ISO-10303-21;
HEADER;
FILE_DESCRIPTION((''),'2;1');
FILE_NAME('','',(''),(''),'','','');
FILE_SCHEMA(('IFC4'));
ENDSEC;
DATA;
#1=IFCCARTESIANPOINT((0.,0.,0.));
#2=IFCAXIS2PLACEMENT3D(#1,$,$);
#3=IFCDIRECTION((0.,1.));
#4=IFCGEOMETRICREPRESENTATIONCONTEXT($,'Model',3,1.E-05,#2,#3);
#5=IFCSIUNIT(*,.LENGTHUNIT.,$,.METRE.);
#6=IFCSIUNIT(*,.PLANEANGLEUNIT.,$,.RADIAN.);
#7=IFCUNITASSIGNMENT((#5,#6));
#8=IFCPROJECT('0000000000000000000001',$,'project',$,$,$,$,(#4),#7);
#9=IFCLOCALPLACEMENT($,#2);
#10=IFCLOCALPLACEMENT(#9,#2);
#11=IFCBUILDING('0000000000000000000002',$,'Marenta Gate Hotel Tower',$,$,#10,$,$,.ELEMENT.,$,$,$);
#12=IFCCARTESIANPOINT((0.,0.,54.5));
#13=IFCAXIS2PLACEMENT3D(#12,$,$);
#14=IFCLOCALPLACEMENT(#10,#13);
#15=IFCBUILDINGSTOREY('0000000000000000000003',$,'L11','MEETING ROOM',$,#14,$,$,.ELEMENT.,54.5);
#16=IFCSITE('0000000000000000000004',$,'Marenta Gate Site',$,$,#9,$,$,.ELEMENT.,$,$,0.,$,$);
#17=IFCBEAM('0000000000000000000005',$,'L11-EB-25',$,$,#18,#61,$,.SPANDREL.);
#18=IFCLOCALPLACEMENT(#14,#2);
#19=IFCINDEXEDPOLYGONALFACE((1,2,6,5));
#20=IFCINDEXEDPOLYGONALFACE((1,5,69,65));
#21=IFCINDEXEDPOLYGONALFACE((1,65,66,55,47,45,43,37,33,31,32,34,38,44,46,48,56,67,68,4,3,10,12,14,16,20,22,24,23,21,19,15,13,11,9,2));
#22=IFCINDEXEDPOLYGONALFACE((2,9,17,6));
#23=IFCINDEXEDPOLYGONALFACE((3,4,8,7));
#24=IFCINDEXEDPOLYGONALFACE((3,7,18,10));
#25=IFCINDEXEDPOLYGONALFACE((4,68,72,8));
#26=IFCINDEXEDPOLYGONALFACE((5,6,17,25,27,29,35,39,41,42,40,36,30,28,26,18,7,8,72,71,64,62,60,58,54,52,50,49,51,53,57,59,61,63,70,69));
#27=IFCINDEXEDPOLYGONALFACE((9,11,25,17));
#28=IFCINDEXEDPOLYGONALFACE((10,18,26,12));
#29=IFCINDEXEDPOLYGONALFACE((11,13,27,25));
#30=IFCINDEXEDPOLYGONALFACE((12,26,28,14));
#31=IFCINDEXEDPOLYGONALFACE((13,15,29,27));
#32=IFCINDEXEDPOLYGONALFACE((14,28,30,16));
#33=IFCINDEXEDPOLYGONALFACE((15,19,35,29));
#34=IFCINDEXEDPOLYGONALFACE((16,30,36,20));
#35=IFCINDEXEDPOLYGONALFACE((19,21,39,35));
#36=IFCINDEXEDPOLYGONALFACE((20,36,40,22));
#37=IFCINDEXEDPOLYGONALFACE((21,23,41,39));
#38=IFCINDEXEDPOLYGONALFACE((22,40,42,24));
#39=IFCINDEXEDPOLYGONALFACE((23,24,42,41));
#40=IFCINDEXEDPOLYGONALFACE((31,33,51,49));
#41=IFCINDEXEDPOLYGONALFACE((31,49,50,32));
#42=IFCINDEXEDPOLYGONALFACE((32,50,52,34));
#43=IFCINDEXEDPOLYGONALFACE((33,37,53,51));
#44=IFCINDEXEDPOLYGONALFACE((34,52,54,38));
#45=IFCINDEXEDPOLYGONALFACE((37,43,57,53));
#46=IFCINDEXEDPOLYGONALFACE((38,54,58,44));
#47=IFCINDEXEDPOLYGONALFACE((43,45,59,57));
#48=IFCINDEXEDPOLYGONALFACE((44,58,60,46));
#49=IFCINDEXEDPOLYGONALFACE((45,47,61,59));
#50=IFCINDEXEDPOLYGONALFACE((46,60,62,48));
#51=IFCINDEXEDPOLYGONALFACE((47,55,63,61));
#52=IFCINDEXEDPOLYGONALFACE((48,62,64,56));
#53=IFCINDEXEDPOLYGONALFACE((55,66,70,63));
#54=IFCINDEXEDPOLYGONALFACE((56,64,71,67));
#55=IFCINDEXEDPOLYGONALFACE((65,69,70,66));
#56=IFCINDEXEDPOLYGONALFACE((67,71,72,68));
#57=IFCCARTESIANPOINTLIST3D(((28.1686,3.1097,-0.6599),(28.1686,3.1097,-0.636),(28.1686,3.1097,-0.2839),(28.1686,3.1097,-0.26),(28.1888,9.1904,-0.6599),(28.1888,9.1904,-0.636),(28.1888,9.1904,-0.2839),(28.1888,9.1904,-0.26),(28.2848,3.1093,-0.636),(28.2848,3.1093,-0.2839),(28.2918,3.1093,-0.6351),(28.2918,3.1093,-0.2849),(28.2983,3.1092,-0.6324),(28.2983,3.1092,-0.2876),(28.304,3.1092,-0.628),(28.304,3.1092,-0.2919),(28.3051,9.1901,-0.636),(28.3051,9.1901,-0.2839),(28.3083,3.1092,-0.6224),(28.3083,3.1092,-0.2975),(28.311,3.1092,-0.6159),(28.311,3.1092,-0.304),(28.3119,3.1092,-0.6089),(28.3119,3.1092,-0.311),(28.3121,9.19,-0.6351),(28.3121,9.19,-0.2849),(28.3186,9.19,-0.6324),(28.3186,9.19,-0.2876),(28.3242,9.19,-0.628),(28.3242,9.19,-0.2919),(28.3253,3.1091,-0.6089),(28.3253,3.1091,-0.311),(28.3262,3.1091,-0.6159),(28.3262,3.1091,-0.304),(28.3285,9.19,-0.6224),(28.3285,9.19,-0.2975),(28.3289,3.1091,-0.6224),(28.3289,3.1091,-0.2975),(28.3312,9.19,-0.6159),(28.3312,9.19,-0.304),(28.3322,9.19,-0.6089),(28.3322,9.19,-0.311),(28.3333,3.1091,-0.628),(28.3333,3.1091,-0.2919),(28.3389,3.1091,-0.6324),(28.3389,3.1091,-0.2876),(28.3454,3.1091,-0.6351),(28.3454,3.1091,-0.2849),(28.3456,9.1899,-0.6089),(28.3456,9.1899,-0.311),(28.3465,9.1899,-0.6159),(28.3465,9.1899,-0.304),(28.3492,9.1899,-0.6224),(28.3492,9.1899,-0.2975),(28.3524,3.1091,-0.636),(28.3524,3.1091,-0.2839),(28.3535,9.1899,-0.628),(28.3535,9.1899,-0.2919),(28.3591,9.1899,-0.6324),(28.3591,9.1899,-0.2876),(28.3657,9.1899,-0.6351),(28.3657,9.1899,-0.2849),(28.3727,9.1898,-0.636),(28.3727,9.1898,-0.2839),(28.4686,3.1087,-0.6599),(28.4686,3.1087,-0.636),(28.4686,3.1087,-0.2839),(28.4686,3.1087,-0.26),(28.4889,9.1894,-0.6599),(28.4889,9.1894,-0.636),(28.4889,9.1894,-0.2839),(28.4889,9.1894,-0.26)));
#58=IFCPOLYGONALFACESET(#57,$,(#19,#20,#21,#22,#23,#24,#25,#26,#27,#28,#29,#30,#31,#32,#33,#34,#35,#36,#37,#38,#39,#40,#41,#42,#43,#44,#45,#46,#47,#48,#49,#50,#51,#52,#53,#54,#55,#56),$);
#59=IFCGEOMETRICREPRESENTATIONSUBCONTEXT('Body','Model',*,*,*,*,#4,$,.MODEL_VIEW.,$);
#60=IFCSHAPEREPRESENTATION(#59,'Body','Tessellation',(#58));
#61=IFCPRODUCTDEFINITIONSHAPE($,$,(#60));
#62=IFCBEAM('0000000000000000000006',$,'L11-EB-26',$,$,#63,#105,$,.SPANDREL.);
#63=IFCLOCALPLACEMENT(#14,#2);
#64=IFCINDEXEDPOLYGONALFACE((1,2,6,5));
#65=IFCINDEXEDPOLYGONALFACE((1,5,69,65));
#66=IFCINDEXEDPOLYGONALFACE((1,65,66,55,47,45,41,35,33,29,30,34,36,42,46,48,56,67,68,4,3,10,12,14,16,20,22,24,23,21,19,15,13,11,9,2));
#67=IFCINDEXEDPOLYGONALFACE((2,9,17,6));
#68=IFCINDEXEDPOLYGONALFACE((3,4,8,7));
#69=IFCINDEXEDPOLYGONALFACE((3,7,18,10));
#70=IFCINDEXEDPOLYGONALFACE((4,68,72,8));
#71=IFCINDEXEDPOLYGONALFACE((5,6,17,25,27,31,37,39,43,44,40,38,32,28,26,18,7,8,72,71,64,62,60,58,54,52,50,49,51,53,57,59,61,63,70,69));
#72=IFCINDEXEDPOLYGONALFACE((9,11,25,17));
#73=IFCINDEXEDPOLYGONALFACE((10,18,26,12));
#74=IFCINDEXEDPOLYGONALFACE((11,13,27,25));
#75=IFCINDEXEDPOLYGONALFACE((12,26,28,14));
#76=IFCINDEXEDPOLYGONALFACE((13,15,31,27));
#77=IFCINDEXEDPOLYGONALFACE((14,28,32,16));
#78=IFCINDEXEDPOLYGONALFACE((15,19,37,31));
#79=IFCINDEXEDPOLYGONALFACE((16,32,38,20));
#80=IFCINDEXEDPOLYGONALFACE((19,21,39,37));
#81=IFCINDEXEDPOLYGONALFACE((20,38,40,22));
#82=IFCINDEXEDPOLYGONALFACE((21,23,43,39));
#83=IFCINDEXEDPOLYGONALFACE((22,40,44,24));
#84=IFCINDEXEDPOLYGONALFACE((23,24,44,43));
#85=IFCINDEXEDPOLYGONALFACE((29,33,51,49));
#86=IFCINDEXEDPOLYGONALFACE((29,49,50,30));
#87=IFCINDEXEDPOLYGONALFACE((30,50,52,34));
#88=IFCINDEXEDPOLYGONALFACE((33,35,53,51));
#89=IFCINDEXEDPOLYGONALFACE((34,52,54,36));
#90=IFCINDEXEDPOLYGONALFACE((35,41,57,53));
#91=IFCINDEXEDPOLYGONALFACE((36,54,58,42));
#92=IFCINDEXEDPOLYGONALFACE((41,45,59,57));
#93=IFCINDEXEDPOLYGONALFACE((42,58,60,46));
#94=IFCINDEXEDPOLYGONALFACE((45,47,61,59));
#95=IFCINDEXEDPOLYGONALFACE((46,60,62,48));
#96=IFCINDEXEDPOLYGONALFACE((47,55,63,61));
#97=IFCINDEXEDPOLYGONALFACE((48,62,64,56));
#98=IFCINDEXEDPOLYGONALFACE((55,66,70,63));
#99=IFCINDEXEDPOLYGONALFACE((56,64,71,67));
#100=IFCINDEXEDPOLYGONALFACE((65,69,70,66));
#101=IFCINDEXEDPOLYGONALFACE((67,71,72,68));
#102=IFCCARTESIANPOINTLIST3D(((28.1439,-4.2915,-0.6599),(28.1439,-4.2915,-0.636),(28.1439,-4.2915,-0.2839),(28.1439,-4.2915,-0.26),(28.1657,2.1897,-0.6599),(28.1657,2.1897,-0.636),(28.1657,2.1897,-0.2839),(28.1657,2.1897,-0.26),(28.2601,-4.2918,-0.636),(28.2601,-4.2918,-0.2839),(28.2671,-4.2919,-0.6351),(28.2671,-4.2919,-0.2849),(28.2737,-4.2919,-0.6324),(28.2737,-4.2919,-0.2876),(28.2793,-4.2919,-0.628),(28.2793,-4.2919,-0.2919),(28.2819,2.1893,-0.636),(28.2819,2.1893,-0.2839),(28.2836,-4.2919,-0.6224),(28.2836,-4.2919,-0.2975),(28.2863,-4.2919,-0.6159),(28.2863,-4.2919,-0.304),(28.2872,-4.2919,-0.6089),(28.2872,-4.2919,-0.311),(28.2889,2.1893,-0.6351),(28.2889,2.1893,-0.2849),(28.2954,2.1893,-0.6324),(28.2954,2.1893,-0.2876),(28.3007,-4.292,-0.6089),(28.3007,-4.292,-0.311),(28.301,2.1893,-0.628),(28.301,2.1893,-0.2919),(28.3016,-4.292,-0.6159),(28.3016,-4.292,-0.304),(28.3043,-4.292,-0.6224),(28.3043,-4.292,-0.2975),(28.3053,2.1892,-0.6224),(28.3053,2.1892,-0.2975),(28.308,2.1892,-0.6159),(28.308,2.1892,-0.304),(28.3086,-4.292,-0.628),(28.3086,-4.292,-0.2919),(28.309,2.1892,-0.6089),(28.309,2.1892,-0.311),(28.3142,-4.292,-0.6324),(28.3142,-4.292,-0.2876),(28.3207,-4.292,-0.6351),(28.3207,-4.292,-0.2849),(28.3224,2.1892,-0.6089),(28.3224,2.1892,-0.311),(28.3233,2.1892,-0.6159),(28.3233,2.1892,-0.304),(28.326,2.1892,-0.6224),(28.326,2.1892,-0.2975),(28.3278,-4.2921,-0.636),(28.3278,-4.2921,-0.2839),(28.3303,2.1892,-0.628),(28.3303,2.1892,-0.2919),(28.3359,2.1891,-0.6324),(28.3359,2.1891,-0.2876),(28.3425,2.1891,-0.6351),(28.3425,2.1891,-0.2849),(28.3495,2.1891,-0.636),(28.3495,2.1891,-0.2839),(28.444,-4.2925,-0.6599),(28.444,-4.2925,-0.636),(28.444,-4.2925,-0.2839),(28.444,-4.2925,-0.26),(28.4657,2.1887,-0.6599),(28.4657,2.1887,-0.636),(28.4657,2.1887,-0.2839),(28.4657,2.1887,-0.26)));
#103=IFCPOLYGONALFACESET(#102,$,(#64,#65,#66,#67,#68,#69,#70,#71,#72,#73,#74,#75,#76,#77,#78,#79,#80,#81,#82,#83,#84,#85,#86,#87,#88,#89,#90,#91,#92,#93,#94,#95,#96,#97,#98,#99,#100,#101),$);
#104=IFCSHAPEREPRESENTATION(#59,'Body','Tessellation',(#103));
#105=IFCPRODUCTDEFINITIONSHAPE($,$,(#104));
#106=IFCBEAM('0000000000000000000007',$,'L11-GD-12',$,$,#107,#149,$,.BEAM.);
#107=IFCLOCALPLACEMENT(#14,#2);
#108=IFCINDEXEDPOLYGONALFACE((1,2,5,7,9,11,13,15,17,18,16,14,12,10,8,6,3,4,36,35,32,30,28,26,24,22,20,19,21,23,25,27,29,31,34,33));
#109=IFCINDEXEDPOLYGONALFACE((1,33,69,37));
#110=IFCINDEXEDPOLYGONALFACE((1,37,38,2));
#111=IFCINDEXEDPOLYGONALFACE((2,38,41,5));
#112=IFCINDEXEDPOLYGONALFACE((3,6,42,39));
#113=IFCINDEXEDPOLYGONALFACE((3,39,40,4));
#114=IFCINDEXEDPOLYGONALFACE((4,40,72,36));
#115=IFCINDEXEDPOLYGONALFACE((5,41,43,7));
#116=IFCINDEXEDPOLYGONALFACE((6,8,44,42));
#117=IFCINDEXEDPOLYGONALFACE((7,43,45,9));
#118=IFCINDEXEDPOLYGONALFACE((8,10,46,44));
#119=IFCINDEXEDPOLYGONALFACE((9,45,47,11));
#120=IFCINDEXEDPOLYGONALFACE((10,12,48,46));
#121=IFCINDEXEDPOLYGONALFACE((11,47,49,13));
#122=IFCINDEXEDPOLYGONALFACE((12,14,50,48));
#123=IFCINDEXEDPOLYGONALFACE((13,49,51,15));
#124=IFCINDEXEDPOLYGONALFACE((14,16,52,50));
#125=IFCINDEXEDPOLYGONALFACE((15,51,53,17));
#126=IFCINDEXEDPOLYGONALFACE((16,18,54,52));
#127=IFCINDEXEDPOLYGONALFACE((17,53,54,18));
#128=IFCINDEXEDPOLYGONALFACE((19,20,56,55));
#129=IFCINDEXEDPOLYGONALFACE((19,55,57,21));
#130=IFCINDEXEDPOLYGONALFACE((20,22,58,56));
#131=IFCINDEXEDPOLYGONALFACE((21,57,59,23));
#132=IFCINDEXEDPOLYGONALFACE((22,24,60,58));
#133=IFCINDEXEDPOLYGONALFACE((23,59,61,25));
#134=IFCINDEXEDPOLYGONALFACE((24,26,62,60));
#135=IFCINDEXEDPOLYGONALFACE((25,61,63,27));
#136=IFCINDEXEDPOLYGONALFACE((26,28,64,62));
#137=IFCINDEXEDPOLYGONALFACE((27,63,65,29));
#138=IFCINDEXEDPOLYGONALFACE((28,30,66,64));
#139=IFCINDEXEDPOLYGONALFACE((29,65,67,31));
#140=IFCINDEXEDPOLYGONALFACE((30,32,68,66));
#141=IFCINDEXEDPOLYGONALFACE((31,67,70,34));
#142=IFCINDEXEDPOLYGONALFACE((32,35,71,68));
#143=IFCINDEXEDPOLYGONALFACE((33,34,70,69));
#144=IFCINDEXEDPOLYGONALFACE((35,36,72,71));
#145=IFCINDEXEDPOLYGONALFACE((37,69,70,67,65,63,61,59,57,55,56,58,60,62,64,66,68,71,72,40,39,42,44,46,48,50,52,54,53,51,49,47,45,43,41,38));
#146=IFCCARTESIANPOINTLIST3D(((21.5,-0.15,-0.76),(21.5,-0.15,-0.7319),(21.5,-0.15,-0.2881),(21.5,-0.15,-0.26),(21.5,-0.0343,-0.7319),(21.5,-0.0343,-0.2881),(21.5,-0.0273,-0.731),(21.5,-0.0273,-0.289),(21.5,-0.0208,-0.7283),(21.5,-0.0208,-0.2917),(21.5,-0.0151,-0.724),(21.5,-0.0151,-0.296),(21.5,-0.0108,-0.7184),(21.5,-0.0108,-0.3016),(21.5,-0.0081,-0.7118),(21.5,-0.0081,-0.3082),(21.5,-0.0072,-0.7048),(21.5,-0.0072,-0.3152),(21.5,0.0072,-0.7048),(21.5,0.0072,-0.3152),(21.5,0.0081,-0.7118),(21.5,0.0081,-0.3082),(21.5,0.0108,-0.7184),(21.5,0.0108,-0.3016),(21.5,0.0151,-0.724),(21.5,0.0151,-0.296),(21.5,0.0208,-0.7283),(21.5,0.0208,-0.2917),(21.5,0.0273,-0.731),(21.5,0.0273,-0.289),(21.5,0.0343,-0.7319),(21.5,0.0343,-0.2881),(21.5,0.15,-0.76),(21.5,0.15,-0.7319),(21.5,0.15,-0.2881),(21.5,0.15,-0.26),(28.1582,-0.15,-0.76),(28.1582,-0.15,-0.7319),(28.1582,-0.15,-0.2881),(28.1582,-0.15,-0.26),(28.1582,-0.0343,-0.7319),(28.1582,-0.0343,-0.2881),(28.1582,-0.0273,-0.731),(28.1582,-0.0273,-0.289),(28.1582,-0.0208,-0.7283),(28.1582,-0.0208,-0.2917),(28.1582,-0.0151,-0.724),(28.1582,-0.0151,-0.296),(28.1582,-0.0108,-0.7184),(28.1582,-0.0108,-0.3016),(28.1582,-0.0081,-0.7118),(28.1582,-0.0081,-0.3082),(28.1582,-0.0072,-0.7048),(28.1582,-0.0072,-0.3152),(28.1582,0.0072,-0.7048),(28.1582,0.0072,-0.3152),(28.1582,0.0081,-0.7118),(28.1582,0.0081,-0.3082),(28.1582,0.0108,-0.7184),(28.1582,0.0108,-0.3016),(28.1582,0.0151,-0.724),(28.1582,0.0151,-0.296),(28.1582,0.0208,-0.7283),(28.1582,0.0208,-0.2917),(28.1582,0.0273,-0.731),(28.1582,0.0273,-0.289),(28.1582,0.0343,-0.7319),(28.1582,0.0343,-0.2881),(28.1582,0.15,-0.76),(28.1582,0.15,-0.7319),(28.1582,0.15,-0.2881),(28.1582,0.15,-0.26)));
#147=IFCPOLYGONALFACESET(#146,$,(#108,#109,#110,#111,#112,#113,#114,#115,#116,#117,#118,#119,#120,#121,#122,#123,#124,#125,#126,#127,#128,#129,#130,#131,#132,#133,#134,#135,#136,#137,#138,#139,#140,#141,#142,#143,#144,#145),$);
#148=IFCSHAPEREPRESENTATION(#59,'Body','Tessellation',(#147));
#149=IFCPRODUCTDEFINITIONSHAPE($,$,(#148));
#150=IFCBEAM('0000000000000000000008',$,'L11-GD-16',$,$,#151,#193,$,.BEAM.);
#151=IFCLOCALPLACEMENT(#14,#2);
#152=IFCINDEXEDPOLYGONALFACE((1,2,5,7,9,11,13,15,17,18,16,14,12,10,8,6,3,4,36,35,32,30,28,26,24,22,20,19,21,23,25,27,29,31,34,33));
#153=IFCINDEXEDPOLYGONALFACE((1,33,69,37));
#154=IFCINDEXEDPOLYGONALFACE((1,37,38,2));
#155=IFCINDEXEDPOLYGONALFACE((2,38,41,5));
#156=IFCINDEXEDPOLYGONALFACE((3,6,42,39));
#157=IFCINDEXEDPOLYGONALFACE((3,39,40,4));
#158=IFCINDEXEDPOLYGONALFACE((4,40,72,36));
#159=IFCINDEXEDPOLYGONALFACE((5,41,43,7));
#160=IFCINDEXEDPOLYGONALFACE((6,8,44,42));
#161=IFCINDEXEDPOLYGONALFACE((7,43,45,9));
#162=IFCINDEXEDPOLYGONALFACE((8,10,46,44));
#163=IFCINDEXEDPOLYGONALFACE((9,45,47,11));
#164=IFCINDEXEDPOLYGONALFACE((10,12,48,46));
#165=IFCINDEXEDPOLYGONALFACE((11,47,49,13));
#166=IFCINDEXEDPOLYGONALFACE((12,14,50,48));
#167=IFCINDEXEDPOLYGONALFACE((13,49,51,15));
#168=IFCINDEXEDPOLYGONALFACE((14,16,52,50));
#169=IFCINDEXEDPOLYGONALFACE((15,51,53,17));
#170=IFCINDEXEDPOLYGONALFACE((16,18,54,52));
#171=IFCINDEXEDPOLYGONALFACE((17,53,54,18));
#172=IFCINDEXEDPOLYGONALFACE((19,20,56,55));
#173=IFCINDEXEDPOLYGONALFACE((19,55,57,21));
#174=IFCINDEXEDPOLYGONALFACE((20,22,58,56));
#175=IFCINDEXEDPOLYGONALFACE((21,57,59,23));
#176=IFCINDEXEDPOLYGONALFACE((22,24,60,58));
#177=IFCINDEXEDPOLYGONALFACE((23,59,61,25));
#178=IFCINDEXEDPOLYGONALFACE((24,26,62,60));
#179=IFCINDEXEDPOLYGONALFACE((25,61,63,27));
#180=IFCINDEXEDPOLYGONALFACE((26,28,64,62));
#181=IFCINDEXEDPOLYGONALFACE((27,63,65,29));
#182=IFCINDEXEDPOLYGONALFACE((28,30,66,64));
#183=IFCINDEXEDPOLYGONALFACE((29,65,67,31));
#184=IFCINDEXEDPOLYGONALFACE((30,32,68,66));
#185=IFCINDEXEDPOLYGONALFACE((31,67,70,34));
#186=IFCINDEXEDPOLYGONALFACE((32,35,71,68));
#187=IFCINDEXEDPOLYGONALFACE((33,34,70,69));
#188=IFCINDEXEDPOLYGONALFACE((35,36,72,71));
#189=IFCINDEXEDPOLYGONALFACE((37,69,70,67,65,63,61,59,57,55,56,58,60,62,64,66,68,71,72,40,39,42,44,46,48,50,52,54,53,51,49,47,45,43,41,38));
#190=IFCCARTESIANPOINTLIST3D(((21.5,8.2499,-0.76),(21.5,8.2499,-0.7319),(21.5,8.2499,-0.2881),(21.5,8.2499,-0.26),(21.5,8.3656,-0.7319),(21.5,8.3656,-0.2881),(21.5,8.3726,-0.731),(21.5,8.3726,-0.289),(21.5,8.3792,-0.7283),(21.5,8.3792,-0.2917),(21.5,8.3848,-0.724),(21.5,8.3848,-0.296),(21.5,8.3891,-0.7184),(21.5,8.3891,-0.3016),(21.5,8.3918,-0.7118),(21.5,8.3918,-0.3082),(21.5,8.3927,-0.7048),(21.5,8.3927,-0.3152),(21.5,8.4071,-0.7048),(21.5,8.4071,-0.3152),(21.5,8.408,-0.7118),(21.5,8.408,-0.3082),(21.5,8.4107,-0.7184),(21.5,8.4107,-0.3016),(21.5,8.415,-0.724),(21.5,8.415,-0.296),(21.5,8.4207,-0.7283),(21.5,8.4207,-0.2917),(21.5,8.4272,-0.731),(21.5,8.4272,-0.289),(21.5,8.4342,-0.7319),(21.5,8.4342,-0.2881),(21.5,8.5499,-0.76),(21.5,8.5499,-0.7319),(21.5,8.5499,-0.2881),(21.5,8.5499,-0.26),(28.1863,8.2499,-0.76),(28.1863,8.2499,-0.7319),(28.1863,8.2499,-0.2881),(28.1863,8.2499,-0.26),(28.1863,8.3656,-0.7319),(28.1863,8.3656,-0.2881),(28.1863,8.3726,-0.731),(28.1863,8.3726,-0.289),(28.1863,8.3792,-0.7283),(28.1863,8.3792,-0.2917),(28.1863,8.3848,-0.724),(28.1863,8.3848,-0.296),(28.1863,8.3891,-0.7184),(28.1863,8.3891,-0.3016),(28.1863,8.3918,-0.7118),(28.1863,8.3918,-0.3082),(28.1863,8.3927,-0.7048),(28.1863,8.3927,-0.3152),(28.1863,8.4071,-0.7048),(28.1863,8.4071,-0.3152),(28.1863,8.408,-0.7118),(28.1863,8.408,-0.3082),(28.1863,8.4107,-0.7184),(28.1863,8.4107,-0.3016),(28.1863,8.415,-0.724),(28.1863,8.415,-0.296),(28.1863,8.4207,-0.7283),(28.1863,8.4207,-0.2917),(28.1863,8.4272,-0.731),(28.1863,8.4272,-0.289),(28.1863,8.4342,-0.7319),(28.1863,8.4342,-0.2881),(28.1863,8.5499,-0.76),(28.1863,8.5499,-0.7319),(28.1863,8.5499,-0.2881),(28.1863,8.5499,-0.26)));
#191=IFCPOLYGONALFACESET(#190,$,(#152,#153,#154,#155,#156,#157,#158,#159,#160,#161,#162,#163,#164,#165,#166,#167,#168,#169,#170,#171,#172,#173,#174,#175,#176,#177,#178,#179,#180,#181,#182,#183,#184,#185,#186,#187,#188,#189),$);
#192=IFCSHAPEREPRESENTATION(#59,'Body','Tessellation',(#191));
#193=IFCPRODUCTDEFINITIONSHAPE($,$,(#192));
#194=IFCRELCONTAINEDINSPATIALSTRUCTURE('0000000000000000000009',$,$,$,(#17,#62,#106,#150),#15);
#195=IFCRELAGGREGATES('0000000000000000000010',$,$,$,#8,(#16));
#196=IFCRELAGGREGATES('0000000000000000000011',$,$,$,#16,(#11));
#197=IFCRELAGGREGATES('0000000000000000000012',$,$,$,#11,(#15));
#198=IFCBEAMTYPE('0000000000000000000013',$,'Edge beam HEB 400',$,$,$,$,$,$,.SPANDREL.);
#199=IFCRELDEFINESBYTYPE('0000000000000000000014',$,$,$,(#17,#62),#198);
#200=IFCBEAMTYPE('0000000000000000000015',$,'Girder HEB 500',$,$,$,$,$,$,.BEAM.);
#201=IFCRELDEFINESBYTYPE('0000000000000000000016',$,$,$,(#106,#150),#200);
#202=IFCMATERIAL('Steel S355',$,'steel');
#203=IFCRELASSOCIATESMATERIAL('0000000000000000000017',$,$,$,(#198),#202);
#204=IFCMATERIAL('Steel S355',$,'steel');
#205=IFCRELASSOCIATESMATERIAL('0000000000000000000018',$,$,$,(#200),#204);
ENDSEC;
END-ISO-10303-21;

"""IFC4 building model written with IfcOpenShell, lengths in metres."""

from ifc_helpers import new_model, si_unit, direction, frame, origin, origin_2d, place, context, subcontext, project, spatial, i_section, extrude, material, material_profile, profile_set, type_object, element, save


model = new_model("IFC4")

# Units and contexts
model_context = context("Model", 3, precision=1e-05, world=origin(), true_north=direction((0.0, 1.0)))
body_context = subcontext(model_context, "Body", "Model", "MODEL_VIEW")
ifc_project = project(units=[si_unit("LENGTHUNIT", "METRE"), si_unit("PLANEANGLEUNIT", "RADIAN")], contexts=[model_context])

# Site, building, storey
site_placement = place(None, origin())
site = spatial("IfcSite", under=ifc_project, at=site_placement, Name="Marenta Gate Site", CompositionType="ELEMENT", RefElevation=0.0)
building_placement = place(site_placement, origin())
building = spatial("IfcBuilding", under=site, at=building_placement, Name="Marenta Gate Hotel Tower", CompositionType="ELEMENT")
storey_placement = place(building_placement, frame((0.0, 0.0, 54.5)))
storey = spatial("IfcBuildingStorey", under=building, at=storey_placement, Name="L11", Description="MEETING ROOM", CompositionType="ELEMENT", Elevation=54.5)

# Beams
ifc_material_1 = material(Name="Steel S355", Category="steel")
ifc_material_profile_1 = material_profile(ifc_material_1, i_section(OverallWidth=0.3, OverallDepth=0.3999, WebThickness=0.0134, FlangeThickness=0.0239, FilletRadius=0.0271, at=origin_2d()), Name="HEB 400")
ifc_profile_set_1 = profile_set([ifc_material_profile_1], Name="Steel S355")
beam_type_1 = type_object("IfcBeamType", Name="Edge beam HEB 400", PredefinedType="SPANDREL", material=ifc_profile_set_1)
beam_1_placement = place(storey_placement, frame((28.3389, 9.1899, -0.46), z_axis=(-0.003332, -0.999994, 0.0), x_axis=(0.999994, -0.003332, 0.0)))
element("IfcBeam", 1, at=beam_1_placement, inside=storey, type_object=beam_type_1, Name="L11-EB-25", PredefinedType="SPANDREL", context=body_context, shape_type="SweptSolid", body=[
    extrude(i_section(OverallWidth=0.3, OverallDepth=0.3999, WebThickness=0.0134, FlangeThickness=0.0239, FilletRadius=0.0271, at=origin_2d()), origin(), (0.0, 0.0, 1.0), 6.0808),
])
beam_2_placement = place(storey_placement, frame((28.3157, 2.1892, -0.46), z_axis=(-0.003353, -0.999994, 0.0), x_axis=(0.999994, -0.003353, 0.0)))
element("IfcBeam", 2, at=beam_2_placement, inside=storey, type_object=beam_type_1, Name="L11-EB-26", PredefinedType="SPANDREL", context=body_context, shape_type="SweptSolid", body=[
    extrude(i_section(OverallWidth=0.3, OverallDepth=0.3999, WebThickness=0.0134, FlangeThickness=0.0239, FilletRadius=0.0271, at=origin_2d()), origin(), (0.0, 0.0, 1.0), 6.4812),
])
ifc_material_2 = material(Name="Steel S355", Category="steel")
ifc_material_profile_2 = material_profile(ifc_material_2, i_section(OverallWidth=0.3, OverallDepth=0.5, WebThickness=0.0144, FlangeThickness=0.0281, FilletRadius=0.0271, at=origin_2d()), Name="HEB 500")
ifc_profile_set_2 = profile_set([ifc_material_profile_2], Name="Steel S355")
beam_type_2 = type_object("IfcBeamType", Name="Girder HEB 500", PredefinedType="BEAM", material=ifc_profile_set_2)
beam_3_placement = place(storey_placement, frame((21.5, 0.0, -0.51), z_axis=(1.0, 0.0, 0.0), x_axis=(0.0, 1.0, 0.0)))
element("IfcBeam", 3, at=beam_3_placement, inside=storey, type_object=beam_type_2, Name="L11-GD-12", PredefinedType="BEAM", context=body_context, shape_type="SweptSolid", body=[
    extrude(i_section(OverallWidth=0.3, OverallDepth=0.5, WebThickness=0.0144, FlangeThickness=0.0281, FilletRadius=0.0271, at=origin_2d()), origin(), (0.0, 0.0, 1.0), 6.6582),
])
beam_4_placement = place(storey_placement, frame((21.5, 8.3999, -0.51), z_axis=(1.0, 0.0, 0.0), x_axis=(0.0, 1.0, 0.0)))
element("IfcBeam", 4, at=beam_4_placement, inside=storey, type_object=beam_type_2, Name="L11-GD-16", PredefinedType="BEAM", context=body_context, shape_type="SweptSolid", body=[
    extrude(i_section(OverallWidth=0.3, OverallDepth=0.5, WebThickness=0.0144, FlangeThickness=0.0281, FilletRadius=0.0271, at=origin_2d()), origin(), (0.0, 0.0, 1.0), 6.6863),
])

save(model, "model.ifc")
